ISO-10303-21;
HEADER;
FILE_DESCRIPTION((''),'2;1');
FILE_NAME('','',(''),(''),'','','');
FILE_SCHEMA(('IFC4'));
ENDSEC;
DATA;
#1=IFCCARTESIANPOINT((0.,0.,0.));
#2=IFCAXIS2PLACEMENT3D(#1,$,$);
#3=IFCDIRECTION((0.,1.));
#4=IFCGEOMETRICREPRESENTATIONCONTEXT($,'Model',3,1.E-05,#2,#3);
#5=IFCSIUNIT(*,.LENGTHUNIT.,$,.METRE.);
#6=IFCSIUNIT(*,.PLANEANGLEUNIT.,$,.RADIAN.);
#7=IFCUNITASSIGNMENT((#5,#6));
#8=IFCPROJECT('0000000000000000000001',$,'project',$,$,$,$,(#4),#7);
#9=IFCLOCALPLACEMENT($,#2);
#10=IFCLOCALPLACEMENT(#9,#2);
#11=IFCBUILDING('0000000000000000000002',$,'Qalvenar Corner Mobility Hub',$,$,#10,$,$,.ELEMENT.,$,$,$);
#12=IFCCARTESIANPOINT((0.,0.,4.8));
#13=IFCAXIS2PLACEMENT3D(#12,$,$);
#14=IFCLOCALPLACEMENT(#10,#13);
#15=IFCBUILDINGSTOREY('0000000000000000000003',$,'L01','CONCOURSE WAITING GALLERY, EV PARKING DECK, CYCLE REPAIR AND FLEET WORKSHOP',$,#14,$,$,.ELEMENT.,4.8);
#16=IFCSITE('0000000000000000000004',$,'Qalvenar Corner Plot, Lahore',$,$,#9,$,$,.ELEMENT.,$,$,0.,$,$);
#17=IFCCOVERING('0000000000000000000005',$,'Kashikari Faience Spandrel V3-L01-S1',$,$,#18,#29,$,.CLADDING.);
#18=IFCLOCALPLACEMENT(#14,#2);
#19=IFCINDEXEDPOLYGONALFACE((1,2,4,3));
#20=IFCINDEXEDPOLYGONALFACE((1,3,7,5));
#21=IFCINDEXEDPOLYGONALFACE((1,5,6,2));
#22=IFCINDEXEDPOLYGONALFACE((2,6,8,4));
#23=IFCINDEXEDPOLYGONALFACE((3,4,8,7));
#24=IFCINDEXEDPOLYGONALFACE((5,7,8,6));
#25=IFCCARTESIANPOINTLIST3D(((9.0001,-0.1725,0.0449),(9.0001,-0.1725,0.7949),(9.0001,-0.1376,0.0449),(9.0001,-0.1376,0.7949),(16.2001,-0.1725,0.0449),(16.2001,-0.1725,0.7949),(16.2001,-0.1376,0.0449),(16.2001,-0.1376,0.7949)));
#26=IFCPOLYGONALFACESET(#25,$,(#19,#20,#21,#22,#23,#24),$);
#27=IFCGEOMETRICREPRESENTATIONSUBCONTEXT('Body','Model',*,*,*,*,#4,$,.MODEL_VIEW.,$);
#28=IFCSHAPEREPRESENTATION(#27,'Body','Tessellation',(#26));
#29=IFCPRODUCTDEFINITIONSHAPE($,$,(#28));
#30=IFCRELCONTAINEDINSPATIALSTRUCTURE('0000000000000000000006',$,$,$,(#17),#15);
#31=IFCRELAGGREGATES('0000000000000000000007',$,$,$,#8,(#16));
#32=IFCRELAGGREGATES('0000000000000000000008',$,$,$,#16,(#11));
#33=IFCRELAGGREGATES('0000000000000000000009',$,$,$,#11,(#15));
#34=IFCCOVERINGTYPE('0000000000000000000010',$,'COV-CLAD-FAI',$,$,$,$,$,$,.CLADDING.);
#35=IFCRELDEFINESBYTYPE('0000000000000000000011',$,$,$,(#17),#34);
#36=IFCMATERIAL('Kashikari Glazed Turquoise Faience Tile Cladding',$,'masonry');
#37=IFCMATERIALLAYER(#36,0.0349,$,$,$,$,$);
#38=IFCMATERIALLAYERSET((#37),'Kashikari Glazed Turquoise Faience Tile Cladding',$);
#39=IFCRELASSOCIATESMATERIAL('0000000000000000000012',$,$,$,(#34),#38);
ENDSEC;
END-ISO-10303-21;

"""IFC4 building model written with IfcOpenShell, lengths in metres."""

from ifc_helpers import new_model, si_unit, direction, frame, origin, origin_2d, place, context, subcontext, project, spatial, rectangle, extrude, material, layer, layer_set, type_object, element, save


model = new_model("IFC4")

# Units and contexts
model_context = context("Model", 3, precision=1e-05, world=origin(), true_north=direction((0.0, 1.0)))
body_context = subcontext(model_context, "Body", "Model", "MODEL_VIEW")
ifc_project = project(units=[si_unit("LENGTHUNIT", "METRE"), si_unit("PLANEANGLEUNIT", "RADIAN")], contexts=[model_context])

# Site, building, storey
site_placement = place(None, origin())
site = spatial("IfcSite", under=ifc_project, at=site_placement, Name="Qalvenar Corner Plot, Lahore", CompositionType="ELEMENT", RefElevation=0.0)
building_placement = place(site_placement, origin())
building = spatial("IfcBuilding", under=site, at=building_placement, Name="Qalvenar Corner Mobility Hub", CompositionType="ELEMENT")
storey_placement = place(building_placement, frame((0.0, 0.0, 4.8)))
storey = spatial("IfcBuildingStorey", under=building, at=storey_placement, Name="L01", Description="CONCOURSE WAITING GALLERY, EV PARKING DECK, CYCLE REPAIR AND FLEET WORKSHOP", CompositionType="ELEMENT", Elevation=4.8)

# Covering
ifc_material_1 = material(Name="Kashikari Glazed Turquoise Faience Tile Cladding", Category="masonry")
ifc_layer_1 = layer(ifc_material_1, 0.0349)
ifc_layer_set_1 = layer_set([ifc_layer_1], Name="Kashikari Glazed Turquoise Faience Tile Cladding")
covering_type = type_object("IfcCoveringType", Name="COV-CLAD-FAI", PredefinedType="CLADDING", material=ifc_layer_set_1)
covering_placement = place(storey_placement, frame((12.6001, -0.155, 0.0449), z_axis=(0.0, 0.0, 1.0), x_axis=(1.0, 0.0, 0.0)))
element("IfcCovering", 1, at=covering_placement, inside=storey, type_object=covering_type, Name="Kashikari Faience Spandrel V3-L01-S1", PredefinedType="CLADDING", context=body_context, shape_type="SweptSolid", body=[
    extrude(rectangle(XDim=7.2, YDim=0.0349, at=origin_2d()), origin(), (0.0, 0.0, 1.0), 0.75),
])

save(model, "model.ifc")
